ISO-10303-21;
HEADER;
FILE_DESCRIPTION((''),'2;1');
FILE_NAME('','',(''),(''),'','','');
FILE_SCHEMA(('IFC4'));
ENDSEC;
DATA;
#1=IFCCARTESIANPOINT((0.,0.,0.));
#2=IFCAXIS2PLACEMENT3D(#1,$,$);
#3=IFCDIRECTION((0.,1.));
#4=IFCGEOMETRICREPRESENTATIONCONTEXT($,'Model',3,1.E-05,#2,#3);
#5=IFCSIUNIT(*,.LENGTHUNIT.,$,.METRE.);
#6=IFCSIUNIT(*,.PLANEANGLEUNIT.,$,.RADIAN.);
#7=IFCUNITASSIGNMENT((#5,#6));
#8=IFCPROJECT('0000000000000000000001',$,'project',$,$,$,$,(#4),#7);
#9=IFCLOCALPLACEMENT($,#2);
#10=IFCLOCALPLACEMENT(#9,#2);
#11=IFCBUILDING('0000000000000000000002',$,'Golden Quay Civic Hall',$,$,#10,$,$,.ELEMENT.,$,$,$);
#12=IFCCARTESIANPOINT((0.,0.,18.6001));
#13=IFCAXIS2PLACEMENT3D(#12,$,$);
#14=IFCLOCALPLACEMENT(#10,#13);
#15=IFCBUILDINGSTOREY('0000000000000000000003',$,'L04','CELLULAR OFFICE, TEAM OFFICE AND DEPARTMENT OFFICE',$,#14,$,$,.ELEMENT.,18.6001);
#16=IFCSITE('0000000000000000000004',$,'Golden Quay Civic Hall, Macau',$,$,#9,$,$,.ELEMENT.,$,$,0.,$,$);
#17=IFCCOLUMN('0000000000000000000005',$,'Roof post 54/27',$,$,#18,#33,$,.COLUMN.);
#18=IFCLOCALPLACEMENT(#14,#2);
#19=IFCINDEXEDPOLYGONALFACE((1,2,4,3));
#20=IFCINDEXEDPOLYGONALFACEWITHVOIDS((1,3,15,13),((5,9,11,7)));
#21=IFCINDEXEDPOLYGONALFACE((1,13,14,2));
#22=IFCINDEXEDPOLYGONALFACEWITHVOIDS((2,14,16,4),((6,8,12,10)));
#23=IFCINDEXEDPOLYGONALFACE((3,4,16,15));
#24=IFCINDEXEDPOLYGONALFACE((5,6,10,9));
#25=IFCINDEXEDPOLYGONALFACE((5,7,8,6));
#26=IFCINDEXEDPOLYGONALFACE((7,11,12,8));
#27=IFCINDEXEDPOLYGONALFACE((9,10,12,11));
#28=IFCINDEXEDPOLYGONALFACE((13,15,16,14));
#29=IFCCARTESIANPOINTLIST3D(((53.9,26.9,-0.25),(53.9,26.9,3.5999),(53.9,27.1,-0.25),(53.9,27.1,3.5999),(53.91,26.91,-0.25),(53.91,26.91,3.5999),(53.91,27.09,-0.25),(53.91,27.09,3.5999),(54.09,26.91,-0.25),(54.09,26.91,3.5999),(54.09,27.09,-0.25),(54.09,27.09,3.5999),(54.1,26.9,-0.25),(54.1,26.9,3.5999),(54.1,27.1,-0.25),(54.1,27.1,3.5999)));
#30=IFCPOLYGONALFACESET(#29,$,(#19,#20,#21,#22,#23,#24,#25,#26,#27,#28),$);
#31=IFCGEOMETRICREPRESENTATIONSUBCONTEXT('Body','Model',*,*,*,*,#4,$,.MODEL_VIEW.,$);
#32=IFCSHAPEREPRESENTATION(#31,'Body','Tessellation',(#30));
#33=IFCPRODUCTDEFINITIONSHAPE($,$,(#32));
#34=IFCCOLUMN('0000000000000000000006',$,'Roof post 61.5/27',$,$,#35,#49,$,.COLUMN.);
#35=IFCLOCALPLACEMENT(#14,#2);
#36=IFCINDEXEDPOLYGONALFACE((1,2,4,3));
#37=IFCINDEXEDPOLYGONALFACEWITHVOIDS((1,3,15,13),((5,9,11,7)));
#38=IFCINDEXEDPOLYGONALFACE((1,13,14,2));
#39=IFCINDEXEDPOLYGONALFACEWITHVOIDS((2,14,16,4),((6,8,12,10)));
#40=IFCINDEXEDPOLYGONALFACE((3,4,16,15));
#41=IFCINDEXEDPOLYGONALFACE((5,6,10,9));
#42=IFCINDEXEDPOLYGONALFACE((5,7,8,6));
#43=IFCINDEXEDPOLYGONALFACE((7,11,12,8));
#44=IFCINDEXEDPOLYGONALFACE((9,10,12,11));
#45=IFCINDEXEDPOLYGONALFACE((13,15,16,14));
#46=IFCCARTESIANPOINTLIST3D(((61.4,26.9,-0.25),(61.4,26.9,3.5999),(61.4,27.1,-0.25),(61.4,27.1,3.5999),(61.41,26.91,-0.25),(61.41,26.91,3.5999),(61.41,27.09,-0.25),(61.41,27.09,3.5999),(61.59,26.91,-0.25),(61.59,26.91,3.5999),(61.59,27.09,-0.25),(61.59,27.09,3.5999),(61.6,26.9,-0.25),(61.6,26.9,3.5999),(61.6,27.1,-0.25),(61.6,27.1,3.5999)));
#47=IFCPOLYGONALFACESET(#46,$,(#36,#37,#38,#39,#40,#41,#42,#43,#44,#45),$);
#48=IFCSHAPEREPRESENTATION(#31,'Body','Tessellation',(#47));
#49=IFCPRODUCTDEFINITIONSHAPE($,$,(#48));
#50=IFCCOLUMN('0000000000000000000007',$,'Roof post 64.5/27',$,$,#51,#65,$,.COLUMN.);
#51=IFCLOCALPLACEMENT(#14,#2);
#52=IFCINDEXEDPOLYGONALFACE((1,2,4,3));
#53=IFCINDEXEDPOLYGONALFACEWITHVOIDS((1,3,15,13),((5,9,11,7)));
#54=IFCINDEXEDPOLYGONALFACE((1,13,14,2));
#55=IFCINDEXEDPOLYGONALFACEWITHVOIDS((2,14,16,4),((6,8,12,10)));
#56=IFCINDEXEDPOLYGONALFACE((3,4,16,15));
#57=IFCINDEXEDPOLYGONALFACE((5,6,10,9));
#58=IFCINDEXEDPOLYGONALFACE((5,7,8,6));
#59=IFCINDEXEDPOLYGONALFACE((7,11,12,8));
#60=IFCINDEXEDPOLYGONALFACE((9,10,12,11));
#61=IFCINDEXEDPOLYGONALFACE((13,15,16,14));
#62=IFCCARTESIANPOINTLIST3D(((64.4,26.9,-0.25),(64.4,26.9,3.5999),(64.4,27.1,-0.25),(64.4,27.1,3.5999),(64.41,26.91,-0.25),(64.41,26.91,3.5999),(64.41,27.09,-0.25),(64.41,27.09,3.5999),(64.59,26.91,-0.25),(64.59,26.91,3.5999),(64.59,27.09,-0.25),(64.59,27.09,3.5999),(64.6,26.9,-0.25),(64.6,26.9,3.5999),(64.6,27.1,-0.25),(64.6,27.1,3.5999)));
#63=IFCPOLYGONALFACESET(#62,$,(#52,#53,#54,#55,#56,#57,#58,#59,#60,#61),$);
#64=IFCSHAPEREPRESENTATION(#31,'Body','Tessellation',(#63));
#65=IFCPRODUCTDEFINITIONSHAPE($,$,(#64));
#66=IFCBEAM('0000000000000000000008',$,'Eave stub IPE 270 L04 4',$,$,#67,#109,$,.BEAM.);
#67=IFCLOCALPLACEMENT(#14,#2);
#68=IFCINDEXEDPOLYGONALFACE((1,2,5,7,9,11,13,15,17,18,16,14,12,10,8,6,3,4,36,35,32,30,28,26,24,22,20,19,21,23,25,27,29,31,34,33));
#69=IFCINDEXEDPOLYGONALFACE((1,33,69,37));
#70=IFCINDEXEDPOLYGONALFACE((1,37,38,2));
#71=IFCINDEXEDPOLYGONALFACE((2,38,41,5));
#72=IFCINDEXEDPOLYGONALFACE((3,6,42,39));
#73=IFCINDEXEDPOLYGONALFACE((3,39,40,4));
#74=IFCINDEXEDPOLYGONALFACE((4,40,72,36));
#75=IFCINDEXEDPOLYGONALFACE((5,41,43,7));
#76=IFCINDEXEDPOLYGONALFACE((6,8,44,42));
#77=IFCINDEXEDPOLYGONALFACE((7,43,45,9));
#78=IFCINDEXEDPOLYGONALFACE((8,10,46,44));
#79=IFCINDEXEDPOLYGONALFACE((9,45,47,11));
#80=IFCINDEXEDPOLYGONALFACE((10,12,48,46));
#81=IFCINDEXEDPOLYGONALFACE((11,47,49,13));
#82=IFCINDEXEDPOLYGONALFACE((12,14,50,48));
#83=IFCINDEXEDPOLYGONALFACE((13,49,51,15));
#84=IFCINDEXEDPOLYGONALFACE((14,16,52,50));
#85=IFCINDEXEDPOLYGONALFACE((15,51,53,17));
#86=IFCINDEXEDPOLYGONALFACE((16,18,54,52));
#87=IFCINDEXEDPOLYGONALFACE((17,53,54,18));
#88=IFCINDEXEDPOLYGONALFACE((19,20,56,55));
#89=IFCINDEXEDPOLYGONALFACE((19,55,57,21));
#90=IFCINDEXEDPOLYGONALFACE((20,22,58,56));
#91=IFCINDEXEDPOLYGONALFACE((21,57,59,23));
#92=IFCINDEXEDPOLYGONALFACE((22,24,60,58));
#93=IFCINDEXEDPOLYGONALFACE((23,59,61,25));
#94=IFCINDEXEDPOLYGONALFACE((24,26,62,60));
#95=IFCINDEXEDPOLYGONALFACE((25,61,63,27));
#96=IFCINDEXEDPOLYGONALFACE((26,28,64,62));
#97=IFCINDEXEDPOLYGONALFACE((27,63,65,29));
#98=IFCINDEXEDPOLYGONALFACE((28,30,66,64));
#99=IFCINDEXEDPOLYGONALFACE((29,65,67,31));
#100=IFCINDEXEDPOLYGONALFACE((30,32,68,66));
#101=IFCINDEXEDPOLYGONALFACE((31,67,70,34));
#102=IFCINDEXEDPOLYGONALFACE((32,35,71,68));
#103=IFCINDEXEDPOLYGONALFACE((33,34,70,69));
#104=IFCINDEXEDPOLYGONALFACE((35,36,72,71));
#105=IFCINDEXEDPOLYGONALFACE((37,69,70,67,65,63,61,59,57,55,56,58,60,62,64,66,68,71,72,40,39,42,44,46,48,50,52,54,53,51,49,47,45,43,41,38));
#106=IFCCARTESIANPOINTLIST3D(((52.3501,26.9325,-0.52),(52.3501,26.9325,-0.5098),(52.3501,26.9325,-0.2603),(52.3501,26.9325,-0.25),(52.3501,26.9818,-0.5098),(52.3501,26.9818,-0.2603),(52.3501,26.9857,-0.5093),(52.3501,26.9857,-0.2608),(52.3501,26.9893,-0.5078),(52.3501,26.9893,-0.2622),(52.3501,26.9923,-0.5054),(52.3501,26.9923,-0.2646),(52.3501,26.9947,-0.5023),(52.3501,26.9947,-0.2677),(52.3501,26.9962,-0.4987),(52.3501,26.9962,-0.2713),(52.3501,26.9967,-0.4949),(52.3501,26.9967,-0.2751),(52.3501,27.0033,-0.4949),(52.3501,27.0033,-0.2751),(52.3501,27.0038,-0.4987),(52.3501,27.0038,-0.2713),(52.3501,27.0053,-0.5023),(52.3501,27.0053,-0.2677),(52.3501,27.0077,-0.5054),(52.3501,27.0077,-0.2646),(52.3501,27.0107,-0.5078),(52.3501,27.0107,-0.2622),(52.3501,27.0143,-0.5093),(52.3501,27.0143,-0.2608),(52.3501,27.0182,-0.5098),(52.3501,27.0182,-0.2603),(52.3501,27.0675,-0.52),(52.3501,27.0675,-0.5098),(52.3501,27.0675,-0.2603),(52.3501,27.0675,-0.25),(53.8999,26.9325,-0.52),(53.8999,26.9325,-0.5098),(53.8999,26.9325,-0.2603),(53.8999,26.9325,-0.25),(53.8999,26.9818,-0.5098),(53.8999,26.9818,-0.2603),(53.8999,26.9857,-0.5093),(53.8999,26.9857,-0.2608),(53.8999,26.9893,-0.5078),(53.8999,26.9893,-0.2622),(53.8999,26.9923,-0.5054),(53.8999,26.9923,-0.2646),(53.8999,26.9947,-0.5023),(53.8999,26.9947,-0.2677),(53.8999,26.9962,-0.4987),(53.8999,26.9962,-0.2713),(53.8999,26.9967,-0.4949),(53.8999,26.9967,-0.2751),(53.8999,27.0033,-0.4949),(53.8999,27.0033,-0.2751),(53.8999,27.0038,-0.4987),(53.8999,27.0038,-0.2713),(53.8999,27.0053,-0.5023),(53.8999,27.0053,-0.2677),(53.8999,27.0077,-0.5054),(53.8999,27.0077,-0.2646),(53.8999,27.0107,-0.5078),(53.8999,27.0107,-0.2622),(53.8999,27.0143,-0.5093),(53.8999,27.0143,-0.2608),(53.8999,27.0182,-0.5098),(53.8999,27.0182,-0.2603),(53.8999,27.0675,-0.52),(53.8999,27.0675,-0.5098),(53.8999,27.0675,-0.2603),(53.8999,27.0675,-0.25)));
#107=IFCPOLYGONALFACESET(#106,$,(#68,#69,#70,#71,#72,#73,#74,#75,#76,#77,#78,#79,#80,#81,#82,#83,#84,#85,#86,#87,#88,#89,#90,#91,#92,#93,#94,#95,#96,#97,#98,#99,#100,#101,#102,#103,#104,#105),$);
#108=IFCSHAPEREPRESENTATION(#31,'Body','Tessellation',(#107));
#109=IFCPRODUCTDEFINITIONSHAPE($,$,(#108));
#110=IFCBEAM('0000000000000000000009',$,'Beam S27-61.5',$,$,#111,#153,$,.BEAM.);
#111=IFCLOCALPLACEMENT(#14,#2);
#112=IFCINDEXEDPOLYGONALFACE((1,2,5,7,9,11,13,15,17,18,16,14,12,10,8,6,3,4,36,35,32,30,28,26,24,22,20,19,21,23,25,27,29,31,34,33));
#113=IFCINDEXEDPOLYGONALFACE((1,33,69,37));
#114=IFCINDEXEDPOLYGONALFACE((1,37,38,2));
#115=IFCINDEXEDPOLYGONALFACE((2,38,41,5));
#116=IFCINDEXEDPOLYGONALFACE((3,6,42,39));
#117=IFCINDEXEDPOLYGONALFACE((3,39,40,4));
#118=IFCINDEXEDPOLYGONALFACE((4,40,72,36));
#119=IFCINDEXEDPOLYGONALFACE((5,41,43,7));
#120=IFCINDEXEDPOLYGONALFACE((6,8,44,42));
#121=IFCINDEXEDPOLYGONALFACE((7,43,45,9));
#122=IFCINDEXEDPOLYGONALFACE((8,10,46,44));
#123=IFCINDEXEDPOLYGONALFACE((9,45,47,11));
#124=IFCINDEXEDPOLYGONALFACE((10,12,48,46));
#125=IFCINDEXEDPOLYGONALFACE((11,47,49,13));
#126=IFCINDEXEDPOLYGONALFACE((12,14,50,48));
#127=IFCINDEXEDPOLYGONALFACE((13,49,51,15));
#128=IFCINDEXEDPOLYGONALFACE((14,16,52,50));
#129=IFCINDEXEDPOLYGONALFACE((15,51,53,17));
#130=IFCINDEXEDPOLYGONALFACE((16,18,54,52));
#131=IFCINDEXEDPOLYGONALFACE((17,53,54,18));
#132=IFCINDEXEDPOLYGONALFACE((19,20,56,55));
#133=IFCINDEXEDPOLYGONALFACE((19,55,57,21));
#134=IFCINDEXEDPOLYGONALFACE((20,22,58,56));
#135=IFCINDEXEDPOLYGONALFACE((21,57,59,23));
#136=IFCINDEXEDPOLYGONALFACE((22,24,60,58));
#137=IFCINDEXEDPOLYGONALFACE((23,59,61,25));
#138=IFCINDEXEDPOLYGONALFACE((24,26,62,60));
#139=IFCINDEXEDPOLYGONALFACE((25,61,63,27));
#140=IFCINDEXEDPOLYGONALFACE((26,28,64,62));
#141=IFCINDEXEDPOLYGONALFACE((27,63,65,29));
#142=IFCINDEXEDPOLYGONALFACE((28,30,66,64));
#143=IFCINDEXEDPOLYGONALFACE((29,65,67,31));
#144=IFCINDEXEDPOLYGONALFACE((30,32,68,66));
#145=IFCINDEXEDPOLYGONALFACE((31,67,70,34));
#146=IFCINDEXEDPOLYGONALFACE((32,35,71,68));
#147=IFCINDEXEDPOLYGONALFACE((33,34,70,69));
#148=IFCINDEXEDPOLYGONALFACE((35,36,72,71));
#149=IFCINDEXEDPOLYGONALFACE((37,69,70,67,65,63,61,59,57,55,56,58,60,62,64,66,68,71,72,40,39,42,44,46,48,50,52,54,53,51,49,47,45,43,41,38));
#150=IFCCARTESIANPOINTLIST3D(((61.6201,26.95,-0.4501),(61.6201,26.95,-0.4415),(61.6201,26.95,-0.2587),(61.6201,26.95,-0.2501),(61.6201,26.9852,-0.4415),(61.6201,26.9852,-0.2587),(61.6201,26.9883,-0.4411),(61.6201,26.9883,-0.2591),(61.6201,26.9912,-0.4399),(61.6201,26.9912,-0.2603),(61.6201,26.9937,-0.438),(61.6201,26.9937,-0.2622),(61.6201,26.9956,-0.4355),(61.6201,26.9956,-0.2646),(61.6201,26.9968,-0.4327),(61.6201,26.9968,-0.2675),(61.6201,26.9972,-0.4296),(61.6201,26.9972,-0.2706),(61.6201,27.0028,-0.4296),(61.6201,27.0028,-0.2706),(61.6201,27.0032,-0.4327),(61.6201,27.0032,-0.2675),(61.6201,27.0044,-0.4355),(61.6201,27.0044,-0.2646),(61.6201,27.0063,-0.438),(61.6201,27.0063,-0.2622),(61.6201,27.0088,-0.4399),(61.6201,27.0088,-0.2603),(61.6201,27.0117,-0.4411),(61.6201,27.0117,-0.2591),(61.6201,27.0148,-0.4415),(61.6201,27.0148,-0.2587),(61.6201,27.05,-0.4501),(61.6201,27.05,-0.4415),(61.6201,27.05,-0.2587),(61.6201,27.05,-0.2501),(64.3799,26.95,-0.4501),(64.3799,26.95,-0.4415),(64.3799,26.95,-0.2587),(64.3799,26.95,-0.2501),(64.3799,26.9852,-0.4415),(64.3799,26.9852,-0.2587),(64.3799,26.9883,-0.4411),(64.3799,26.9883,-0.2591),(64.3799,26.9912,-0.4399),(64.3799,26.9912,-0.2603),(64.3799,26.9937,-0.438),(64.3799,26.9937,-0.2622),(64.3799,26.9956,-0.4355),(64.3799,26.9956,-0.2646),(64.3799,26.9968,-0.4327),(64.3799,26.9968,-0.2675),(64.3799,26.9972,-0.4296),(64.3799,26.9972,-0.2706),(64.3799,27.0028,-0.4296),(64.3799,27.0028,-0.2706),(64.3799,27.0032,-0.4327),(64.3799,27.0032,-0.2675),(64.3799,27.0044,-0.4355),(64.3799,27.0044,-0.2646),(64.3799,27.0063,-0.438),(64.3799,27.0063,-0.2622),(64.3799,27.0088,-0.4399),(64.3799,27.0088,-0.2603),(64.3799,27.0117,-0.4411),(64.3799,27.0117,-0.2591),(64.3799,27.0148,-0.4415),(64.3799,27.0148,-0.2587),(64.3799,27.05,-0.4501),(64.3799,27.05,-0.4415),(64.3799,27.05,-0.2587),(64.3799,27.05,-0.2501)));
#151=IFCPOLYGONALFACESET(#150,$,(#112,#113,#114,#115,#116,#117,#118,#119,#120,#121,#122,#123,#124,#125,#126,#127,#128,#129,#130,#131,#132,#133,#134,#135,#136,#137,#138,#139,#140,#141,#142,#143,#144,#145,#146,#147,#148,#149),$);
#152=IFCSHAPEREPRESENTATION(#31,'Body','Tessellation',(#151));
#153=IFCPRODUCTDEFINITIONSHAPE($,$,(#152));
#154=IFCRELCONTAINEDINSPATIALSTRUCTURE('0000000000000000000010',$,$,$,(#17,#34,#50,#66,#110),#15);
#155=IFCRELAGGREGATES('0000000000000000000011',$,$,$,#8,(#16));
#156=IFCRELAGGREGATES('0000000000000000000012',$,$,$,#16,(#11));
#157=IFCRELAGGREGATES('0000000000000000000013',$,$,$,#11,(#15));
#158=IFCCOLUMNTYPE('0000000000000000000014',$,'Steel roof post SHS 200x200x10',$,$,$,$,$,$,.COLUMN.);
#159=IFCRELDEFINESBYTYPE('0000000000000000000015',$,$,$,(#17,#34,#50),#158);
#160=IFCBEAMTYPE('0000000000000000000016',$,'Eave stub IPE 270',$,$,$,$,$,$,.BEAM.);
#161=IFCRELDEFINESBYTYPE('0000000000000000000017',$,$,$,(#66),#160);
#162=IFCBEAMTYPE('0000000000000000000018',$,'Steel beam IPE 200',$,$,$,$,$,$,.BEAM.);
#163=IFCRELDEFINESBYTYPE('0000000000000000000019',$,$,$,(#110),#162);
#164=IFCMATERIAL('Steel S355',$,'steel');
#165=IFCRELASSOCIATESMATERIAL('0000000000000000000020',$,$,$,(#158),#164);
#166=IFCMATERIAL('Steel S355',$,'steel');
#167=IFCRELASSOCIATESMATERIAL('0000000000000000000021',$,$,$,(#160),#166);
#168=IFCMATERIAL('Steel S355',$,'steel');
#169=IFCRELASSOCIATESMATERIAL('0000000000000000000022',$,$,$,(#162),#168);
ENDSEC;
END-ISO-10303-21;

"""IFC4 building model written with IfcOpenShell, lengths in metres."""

from ifc_helpers import new_model, si_unit, direction, frame, origin, origin_2d, place, context, subcontext, project, spatial, hollow_rectangle, i_section, extrude, material, material_profile, profile_set, type_object, element, save


model = new_model("IFC4")

# Units and contexts
model_context = context("Model", 3, precision=1e-05, world=origin(), true_north=direction((0.0, 1.0)))
body_context = subcontext(model_context, "Body", "Model", "MODEL_VIEW")
ifc_project = project(units=[si_unit("LENGTHUNIT", "METRE"), si_unit("PLANEANGLEUNIT", "RADIAN")], contexts=[model_context])

# Site, building, storey
site_placement = place(None, origin())
site = spatial("IfcSite", under=ifc_project, at=site_placement, Name="Golden Quay Civic Hall, Macau", CompositionType="ELEMENT", RefElevation=0.0)
building_placement = place(site_placement, origin())
building = spatial("IfcBuilding", under=site, at=building_placement, Name="Golden Quay Civic Hall", CompositionType="ELEMENT")
storey_placement = place(building_placement, frame((0.0, 0.0, 18.6001)))
storey = spatial("IfcBuildingStorey", under=building, at=storey_placement, Name="L04", Description="CELLULAR OFFICE, TEAM OFFICE AND DEPARTMENT OFFICE", CompositionType="ELEMENT", Elevation=18.6001)

# Columns
ifc_material_1 = material(Name="Steel S355", Category="steel")
ifc_material_profile_1 = material_profile(ifc_material_1, hollow_rectangle(XDim=0.2, YDim=0.2, WallThickness=0.01, at=origin_2d()), Name="SHS 200x200x10")
ifc_profile_set_1 = profile_set([ifc_material_profile_1], Name="Steel S355")
column_type = type_object("IfcColumnType", Name="Steel roof post SHS 200x200x10", PredefinedType="COLUMN", material=ifc_profile_set_1)
for number, where, z_axis, x_axis, name in (
    (1, (54.0, 27.0, -0.25), (0.0, 0.0, 1.0), (1.0, 0.0, 0.0), "Roof post 54/27"),
    (2, (61.5, 27.0, -0.25), (0.0, 0.0, 1.0), (1.0, 0.0, 0.0), "Roof post 61.5/27"),
    (3, (64.5, 27.0, -0.25), (0.0, 0.0, 1.0), (1.0, 0.0, 0.0), "Roof post 64.5/27"),
):
    element("IfcColumn", number, at=place(storey_placement, frame(where, z_axis=z_axis, x_axis=x_axis)), inside=storey, type_object=column_type, Name=name, PredefinedType="COLUMN", context=body_context, shape_type="SweptSolid", body=[
        extrude(hollow_rectangle(XDim=0.2, YDim=0.2, WallThickness=0.01, at=origin_2d()), origin(), (0.0, 0.0, 1.0), 3.8499),
    ])

# Beams
ifc_material_2 = material(Name="Steel S355", Category="steel")
ifc_material_profile_2 = material_profile(ifc_material_2, i_section(OverallWidth=0.135, OverallDepth=0.27, WebThickness=0.0066, FlangeThickness=0.0103, FilletRadius=0.0149, at=origin_2d()), Name="IPE 270")
ifc_profile_set_2 = profile_set([ifc_material_profile_2], Name="Steel S355")
beam_type_1 = type_object("IfcBeamType", Name="Eave stub IPE 270", PredefinedType="BEAM", material=ifc_profile_set_2)
beam_1_placement = place(storey_placement, frame((53.8999, 27.0, -0.385), z_axis=(-1.0, 0.0, 0.0), x_axis=(0.0, -1.0, 0.0)))
element("IfcBeam", 4, at=beam_1_placement, inside=storey, type_object=beam_type_1, Name="Eave stub IPE 270 L04 4", PredefinedType="BEAM", context=body_context, shape_type="SweptSolid", body=[
    extrude(i_section(OverallWidth=0.135, OverallDepth=0.27, WebThickness=0.0066, FlangeThickness=0.0103, FilletRadius=0.0149, at=origin_2d()), origin(), (0.0, 0.0, 1.0), 1.5498),
])
ifc_material_3 = material(Name="Steel S355", Category="steel")
ifc_material_profile_3 = material_profile(ifc_material_3, i_section(OverallWidth=0.1001, OverallDepth=0.2, WebThickness=0.0056, FlangeThickness=0.0085, FilletRadius=0.012, at=origin_2d()), Name="IPE 200")
ifc_profile_set_3 = profile_set([ifc_material_profile_3], Name="Steel S355")
beam_type_2 = type_object("IfcBeamType", Name="Steel beam IPE 200", PredefinedType="BEAM", material=ifc_profile_set_3)
beam_2_placement = place(storey_placement, frame((61.6201, 27.0, -0.3501), z_axis=(1.0, 0.0, 0.0), x_axis=(0.0, 1.0, 0.0)))
element("IfcBeam", 5, at=beam_2_placement, inside=storey, type_object=beam_type_2, Name="Beam S27-61.5", PredefinedType="BEAM", context=body_context, shape_type="SweptSolid", body=[
    extrude(i_section(OverallWidth=0.1001, OverallDepth=0.2, WebThickness=0.0056, FlangeThickness=0.0085, FilletRadius=0.012, at=origin_2d()), origin(), (0.0, 0.0, 1.0), 2.7598),
])

save(model, "model.ifc")
